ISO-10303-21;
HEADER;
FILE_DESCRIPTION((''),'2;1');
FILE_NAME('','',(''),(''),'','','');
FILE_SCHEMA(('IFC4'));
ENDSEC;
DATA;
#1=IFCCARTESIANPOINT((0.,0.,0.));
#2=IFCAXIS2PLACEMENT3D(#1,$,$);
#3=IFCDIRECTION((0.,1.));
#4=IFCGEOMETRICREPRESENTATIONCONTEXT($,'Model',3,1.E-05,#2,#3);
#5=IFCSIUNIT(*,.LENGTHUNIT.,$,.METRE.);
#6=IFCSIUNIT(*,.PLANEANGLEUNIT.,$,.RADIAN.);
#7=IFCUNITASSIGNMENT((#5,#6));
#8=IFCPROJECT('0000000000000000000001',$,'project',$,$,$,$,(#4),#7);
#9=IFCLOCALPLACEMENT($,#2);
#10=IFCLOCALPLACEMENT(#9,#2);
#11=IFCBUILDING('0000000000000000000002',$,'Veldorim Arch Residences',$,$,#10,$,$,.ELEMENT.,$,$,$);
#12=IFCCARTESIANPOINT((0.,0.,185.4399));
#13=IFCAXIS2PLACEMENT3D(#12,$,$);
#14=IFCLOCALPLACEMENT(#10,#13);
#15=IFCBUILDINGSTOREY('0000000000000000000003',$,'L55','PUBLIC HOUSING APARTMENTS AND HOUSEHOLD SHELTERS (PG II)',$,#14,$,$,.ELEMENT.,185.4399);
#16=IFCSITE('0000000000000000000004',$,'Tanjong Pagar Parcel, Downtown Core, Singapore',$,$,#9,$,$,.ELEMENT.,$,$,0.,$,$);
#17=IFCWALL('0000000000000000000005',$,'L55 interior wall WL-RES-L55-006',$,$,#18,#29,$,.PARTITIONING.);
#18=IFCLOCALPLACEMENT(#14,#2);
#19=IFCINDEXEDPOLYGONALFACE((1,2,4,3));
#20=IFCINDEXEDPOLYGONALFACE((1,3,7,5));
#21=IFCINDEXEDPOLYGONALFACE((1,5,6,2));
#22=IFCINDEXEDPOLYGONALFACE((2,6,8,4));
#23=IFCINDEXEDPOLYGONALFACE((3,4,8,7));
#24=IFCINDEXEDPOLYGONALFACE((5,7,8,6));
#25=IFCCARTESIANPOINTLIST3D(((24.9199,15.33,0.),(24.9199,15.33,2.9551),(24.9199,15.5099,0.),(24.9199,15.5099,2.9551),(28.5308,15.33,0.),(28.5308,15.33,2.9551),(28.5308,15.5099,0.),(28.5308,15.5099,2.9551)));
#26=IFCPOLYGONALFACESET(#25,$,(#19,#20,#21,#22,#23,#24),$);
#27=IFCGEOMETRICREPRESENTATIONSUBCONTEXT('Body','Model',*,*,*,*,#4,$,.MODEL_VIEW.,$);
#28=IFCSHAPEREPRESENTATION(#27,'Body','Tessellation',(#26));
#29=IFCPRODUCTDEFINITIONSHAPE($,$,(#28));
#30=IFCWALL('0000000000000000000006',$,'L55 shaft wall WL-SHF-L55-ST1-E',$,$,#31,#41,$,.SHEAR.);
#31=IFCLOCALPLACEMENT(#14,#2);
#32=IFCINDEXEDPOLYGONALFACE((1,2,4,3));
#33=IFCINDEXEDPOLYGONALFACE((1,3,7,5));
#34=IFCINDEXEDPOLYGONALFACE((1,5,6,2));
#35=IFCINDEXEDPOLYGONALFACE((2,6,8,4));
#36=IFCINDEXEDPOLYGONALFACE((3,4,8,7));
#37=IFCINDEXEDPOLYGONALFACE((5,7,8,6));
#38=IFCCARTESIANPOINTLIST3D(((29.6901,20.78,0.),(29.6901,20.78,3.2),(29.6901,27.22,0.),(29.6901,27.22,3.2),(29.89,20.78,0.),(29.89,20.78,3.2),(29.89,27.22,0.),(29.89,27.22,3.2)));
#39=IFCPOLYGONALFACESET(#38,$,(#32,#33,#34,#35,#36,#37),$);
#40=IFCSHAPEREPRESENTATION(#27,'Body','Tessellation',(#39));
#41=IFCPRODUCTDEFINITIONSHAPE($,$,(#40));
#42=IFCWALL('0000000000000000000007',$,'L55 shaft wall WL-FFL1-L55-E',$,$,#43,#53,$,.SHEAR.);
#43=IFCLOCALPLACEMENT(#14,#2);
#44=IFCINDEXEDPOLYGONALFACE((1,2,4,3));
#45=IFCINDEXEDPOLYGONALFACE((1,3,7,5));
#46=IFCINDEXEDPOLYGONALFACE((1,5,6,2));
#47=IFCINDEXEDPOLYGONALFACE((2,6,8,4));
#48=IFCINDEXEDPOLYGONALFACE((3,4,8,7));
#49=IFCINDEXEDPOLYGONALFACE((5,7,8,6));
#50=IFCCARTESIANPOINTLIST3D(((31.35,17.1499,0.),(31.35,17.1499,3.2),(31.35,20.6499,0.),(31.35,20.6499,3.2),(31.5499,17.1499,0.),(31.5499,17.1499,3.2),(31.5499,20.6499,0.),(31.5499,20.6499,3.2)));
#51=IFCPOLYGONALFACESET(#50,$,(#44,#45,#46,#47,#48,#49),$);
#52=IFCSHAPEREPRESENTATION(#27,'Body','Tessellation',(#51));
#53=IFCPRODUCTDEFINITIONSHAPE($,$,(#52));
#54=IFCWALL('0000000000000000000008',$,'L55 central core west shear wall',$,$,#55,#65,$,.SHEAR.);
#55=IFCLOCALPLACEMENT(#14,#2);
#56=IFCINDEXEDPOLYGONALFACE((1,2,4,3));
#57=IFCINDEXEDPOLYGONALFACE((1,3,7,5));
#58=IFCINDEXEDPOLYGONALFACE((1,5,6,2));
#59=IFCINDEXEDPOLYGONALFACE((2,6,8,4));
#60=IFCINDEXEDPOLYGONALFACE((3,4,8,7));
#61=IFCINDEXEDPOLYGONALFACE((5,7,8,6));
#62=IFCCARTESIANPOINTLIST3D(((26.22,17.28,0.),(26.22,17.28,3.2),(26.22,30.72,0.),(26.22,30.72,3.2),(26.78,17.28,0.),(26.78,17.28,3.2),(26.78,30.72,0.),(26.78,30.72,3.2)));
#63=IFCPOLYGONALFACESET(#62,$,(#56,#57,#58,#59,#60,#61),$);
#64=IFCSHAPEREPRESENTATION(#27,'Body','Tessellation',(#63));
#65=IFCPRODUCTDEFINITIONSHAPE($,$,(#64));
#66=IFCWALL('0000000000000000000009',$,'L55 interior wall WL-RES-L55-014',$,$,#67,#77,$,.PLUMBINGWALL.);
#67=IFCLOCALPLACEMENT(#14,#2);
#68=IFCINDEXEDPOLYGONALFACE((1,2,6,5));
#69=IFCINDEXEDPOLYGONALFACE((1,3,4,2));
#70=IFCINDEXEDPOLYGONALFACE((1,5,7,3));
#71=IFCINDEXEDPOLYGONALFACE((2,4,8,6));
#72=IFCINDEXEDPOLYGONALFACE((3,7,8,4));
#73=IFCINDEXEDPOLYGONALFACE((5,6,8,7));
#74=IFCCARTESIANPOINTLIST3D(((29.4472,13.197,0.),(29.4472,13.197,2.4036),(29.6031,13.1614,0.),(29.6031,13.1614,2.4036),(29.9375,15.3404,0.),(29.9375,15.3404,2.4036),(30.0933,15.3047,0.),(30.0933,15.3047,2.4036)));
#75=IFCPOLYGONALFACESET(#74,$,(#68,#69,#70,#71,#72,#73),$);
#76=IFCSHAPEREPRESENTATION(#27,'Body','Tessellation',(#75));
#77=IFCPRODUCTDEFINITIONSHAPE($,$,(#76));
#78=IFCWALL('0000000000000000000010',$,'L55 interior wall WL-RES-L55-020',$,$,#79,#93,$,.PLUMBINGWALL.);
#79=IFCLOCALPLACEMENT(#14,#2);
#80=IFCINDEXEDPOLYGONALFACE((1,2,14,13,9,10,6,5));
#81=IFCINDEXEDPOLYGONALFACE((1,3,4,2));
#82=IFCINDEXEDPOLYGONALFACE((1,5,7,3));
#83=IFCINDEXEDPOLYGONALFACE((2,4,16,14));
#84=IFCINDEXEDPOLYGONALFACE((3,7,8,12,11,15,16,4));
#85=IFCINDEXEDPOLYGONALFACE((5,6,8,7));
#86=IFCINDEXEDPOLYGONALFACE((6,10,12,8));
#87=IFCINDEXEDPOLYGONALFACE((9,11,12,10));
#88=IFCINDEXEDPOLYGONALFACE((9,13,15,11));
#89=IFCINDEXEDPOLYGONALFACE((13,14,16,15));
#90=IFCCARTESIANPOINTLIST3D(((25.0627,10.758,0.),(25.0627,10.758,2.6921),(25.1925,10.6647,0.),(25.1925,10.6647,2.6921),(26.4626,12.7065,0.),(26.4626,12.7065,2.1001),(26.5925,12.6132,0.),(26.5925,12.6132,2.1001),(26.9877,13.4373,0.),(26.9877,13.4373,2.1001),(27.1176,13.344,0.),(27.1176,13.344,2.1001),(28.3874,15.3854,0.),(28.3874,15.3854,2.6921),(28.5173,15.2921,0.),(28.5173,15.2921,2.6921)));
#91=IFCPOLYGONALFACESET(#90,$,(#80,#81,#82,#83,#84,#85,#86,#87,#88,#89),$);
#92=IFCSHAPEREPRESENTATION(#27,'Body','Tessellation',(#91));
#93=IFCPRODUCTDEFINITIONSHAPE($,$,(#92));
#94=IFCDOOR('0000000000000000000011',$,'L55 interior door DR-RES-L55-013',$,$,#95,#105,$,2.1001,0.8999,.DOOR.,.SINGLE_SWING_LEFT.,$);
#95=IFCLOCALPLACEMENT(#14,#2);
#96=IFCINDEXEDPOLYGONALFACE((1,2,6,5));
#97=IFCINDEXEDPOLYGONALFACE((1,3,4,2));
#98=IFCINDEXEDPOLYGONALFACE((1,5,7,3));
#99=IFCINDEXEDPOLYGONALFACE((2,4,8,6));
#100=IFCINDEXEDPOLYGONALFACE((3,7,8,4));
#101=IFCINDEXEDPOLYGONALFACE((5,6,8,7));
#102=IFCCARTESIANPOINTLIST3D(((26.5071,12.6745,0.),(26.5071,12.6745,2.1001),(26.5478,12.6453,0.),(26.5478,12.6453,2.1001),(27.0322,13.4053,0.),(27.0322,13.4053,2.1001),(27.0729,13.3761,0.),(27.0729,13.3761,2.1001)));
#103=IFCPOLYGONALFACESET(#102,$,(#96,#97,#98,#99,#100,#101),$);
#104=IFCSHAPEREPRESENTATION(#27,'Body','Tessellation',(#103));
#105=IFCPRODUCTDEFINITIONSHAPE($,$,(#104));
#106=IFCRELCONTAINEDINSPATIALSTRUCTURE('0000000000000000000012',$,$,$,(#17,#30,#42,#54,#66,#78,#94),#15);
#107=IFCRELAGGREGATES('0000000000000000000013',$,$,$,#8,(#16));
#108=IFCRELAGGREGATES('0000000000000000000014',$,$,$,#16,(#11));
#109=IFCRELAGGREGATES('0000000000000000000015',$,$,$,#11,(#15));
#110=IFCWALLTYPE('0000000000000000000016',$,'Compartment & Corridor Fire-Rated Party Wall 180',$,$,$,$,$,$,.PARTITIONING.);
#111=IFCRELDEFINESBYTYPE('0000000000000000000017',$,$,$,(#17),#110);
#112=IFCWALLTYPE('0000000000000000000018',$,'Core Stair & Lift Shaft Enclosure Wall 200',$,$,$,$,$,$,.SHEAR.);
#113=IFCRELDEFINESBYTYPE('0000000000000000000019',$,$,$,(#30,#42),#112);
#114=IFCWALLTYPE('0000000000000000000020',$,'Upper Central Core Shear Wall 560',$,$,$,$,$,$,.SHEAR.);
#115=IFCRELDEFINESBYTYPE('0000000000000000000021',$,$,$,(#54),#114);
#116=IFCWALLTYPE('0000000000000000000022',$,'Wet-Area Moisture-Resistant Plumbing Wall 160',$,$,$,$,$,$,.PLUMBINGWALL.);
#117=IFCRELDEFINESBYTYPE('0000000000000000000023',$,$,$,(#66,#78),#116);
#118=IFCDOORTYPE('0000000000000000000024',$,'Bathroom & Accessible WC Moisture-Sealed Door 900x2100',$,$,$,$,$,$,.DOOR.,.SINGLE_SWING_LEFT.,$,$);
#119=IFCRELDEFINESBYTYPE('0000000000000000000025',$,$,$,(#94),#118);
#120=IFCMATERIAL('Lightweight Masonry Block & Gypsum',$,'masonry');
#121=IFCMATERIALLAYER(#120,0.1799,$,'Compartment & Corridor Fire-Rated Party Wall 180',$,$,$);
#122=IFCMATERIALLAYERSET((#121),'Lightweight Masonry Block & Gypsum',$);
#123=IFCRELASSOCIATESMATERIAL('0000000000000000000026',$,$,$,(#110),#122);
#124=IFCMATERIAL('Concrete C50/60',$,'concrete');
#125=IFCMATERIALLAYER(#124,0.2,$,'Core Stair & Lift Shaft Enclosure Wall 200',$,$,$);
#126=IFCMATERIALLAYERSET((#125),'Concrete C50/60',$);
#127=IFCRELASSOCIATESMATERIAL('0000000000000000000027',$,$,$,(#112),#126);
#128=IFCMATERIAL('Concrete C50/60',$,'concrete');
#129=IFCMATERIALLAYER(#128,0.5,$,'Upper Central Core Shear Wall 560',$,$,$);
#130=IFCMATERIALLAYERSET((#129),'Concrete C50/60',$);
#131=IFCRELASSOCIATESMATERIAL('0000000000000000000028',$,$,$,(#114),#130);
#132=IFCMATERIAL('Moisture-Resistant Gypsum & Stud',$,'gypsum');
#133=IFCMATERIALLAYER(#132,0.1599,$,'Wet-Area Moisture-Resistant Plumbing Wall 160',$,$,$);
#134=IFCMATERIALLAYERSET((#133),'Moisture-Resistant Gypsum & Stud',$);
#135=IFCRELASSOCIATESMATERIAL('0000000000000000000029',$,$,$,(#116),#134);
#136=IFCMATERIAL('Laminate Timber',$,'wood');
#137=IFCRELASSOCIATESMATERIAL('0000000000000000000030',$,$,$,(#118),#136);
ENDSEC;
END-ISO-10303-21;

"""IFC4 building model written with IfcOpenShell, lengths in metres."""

from ifc_helpers import new_model, si_unit, direction, frame, frame_2d, origin, place, context, subcontext, project, spatial, rectangle, extrude, material, layer, layer_set, type_object, element, fill, save


model = new_model("IFC4")

# Units and contexts
model_context = context("Model", 3, precision=1e-05, world=origin(), true_north=direction((0.0, 1.0)))
body_context = subcontext(model_context, "Body", "Model", "MODEL_VIEW")
ifc_project = project(units=[si_unit("LENGTHUNIT", "METRE"), si_unit("PLANEANGLEUNIT", "RADIAN")], contexts=[model_context])

# Site, building, storey
site_placement = place(None, origin())
site = spatial("IfcSite", under=ifc_project, at=site_placement, Name="Tanjong Pagar Parcel, Downtown Core, Singapore", CompositionType="ELEMENT", RefElevation=0.0)
building_placement = place(site_placement, origin())
building = spatial("IfcBuilding", under=site, at=building_placement, Name="Veldorim Arch Residences", CompositionType="ELEMENT")
storey_placement = place(building_placement, frame((0.0, 0.0, 185.4399)))
storey = spatial("IfcBuildingStorey", under=building, at=storey_placement, Name="L55", Description="PUBLIC HOUSING APARTMENTS AND HOUSEHOLD SHELTERS (PG II)", CompositionType="ELEMENT", Elevation=185.4399)

# Walls
ifc_material_1 = material(Name="Lightweight Masonry Block & Gypsum", Category="masonry")
ifc_layer_1 = layer(ifc_material_1, 0.1799, Name="Compartment & Corridor Fire-Rated Party Wall 180")
ifc_layer_set_1 = layer_set([ifc_layer_1], Name="Lightweight Masonry Block & Gypsum")
wall_type_1 = type_object("IfcWallType", Name="Compartment & Corridor Fire-Rated Party Wall 180", PredefinedType="PARTITIONING", material=ifc_layer_set_1)
wall_1_placement = place(storey_placement, frame((28.5308, 15.4199, 0.0), z_axis=(0.0, 0.0, 1.0), x_axis=(-1.0, 0.0, 0.0)))
element("IfcWall", 1, at=wall_1_placement, inside=storey, type_object=wall_type_1, Name="L55 interior wall WL-RES-L55-006", PredefinedType="PARTITIONING", context=body_context, shape_type="SweptSolid", body=[
    extrude(rectangle(XDim=3.6108, YDim=0.1799, at=frame_2d((1.8054, 0.0))), origin(), (0.0, 0.0, 1.0), 2.9551),
])
ifc_material_2 = material(Name="Concrete C50/60", Category="concrete")
ifc_layer_2 = layer(ifc_material_2, 0.2, Name="Core Stair & Lift Shaft Enclosure Wall 200")
ifc_layer_set_2 = layer_set([ifc_layer_2], Name="Concrete C50/60")
wall_type_2 = type_object("IfcWallType", Name="Core Stair & Lift Shaft Enclosure Wall 200", PredefinedType="SHEAR", material=ifc_layer_set_2)
wall_2_placement = place(storey_placement, frame((29.79, 20.78, 0.0), z_axis=(0.0, 0.0, 1.0), x_axis=(0.0, 1.0, 0.0)))
element("IfcWall", 2, at=wall_2_placement, inside=storey, type_object=wall_type_2, Name="L55 shaft wall WL-SHF-L55-ST1-E", PredefinedType="SHEAR", context=body_context, shape_type="SweptSolid", body=[
    extrude(rectangle(XDim=6.4399, YDim=0.2, at=frame_2d((3.22, 0.0))), origin(), (0.0, 0.0, 1.0), 3.2),
])

# Wall
wall_3_placement = place(storey_placement, frame((31.45, 17.1499, 0.0), z_axis=(0.0, 0.0, 1.0), x_axis=(0.0, 1.0, 0.0)))
element("IfcWall", 3, at=wall_3_placement, inside=storey, type_object=wall_type_2, Name="L55 shaft wall WL-FFL1-L55-E", PredefinedType="SHEAR", context=body_context, shape_type="SweptSolid", body=[
    extrude(rectangle(XDim=3.5, YDim=0.2, at=frame_2d((1.75, 0.0))), origin(), (0.0, 0.0, 1.0), 3.2),
])

# Shared definitions
ifc_material_3 = material(Name="Concrete C50/60", Category="concrete")
ifc_layer_3 = layer(ifc_material_3, 0.5, Name="Upper Central Core Shear Wall 560")
ifc_layer_set_3 = layer_set([ifc_layer_3], Name="Concrete C50/60")
wall_type_3 = type_object("IfcWallType", Name="Upper Central Core Shear Wall 560", PredefinedType="SHEAR", material=ifc_layer_set_3)

# Walls
wall_4_placement = place(storey_placement, frame((26.5, 17.28, 0.0), z_axis=(0.0, 0.0, 1.0), x_axis=(0.0, 1.0, 0.0)))
element("IfcWall", 4, at=wall_4_placement, inside=storey, type_object=wall_type_3, Name="L55 central core west shear wall", PredefinedType="SHEAR", context=body_context, shape_type="SweptSolid", body=[
    extrude(rectangle(XDim=13.4399, YDim=0.5601, at=frame_2d((6.72, 0.0))), origin(), (0.0, 0.0, 1.0), 3.2),
])
ifc_material_4 = material(Name="Moisture-Resistant Gypsum & Stud", Category="gypsum")
ifc_layer_4 = layer(ifc_material_4, 0.1599, Name="Wet-Area Moisture-Resistant Plumbing Wall 160")
ifc_layer_set_4 = layer_set([ifc_layer_4], Name="Moisture-Resistant Gypsum & Stud")
wall_type_4 = type_object("IfcWallType", Name="Wet-Area Moisture-Resistant Plumbing Wall 160", PredefinedType="PLUMBINGWALL", material=ifc_layer_set_4)
wall_5_placement = place(storey_placement, frame((29.5251, 13.1792, 0.0), z_axis=(0.0, 0.0, 1.0), x_axis=(0.22297, 0.974825, 0.0)))
element("IfcWall", 5, at=wall_5_placement, inside=storey, type_object=wall_type_4, Name="L55 interior wall WL-RES-L55-014", PredefinedType="PLUMBINGWALL", context=body_context, shape_type="SweptSolid", body=[
    extrude(rectangle(XDim=2.1987, YDim=0.1599, at=frame_2d((1.0994, 0.0))), origin(), (0.0, 0.0, 1.0), 2.4036),
])

# Wall, opening, door
wall_6_placement = place(storey_placement, frame((28.4524, 15.3389, 0.0), z_axis=(0.0, 0.0, 1.0), x_axis=(-0.583489, -0.812121, 0.0)))
wall_6 = element("IfcWall", 6, at=wall_6_placement, inside=storey, type_object=wall_type_4, Name="L55 interior wall WL-RES-L55-020", PredefinedType="PLUMBINGWALL", context=body_context, shape_type="SweptSolid", body=[
    extrude(rectangle(XDim=5.698, YDim=0.1599, at=frame_2d((2.8491, 0.0))), origin(), (0.0, 0.0, 1.0), 2.6921),
])
opening_1_placement = place(wall_6_placement, frame((2.3989, 0.0, 0.0)))
opening_1 = element("IfcOpeningElement", 7, at=opening_1_placement, cuts=wall_6, PredefinedType="OPENING", context=body_context, shape_type="SweptSolid", body=[
    extrude(rectangle(XDim=0.8999, YDim=2.1001, at=frame_2d((0.45, 1.05))), frame((0.0, 0.0898, 0.0), z_axis=(0.0, -1.0, 0.0), x_axis=(1.0, 0.0, 0.0)), (0.0, 0.0, 1.0), 0.1799),
])
ifc_material_5 = material(Name="Laminate Timber", Category="wood")
door_type_1 = type_object("IfcDoorType", Name="Bathroom & Accessible WC Moisture-Sealed Door 900x2100", OperationType="SINGLE_SWING_LEFT", PredefinedType="DOOR", material=ifc_material_5)
door_1_placement = place(opening_1_placement, origin())
door_1 = element("IfcDoor", 8, at=door_1_placement, inside=storey, type_object=door_type_1, Name="L55 interior door DR-RES-L55-013", OperationType="SINGLE_SWING_LEFT", OverallHeight=2.1001, OverallWidth=0.8999, PredefinedType="DOOR", context=body_context, shape_type="SweptSolid", body=[
    extrude(rectangle(XDim=0.8999, YDim=2.1001, at=frame_2d((0.45, 1.05))), frame((0.0, 0.0249, 0.0), z_axis=(0.0, -1.0, 0.0), x_axis=(1.0, 0.0, 0.0)), (0.0, 0.0, 1.0), 0.05),
])
fill(opening_1, door_1)

save(model, "model.ifc")
